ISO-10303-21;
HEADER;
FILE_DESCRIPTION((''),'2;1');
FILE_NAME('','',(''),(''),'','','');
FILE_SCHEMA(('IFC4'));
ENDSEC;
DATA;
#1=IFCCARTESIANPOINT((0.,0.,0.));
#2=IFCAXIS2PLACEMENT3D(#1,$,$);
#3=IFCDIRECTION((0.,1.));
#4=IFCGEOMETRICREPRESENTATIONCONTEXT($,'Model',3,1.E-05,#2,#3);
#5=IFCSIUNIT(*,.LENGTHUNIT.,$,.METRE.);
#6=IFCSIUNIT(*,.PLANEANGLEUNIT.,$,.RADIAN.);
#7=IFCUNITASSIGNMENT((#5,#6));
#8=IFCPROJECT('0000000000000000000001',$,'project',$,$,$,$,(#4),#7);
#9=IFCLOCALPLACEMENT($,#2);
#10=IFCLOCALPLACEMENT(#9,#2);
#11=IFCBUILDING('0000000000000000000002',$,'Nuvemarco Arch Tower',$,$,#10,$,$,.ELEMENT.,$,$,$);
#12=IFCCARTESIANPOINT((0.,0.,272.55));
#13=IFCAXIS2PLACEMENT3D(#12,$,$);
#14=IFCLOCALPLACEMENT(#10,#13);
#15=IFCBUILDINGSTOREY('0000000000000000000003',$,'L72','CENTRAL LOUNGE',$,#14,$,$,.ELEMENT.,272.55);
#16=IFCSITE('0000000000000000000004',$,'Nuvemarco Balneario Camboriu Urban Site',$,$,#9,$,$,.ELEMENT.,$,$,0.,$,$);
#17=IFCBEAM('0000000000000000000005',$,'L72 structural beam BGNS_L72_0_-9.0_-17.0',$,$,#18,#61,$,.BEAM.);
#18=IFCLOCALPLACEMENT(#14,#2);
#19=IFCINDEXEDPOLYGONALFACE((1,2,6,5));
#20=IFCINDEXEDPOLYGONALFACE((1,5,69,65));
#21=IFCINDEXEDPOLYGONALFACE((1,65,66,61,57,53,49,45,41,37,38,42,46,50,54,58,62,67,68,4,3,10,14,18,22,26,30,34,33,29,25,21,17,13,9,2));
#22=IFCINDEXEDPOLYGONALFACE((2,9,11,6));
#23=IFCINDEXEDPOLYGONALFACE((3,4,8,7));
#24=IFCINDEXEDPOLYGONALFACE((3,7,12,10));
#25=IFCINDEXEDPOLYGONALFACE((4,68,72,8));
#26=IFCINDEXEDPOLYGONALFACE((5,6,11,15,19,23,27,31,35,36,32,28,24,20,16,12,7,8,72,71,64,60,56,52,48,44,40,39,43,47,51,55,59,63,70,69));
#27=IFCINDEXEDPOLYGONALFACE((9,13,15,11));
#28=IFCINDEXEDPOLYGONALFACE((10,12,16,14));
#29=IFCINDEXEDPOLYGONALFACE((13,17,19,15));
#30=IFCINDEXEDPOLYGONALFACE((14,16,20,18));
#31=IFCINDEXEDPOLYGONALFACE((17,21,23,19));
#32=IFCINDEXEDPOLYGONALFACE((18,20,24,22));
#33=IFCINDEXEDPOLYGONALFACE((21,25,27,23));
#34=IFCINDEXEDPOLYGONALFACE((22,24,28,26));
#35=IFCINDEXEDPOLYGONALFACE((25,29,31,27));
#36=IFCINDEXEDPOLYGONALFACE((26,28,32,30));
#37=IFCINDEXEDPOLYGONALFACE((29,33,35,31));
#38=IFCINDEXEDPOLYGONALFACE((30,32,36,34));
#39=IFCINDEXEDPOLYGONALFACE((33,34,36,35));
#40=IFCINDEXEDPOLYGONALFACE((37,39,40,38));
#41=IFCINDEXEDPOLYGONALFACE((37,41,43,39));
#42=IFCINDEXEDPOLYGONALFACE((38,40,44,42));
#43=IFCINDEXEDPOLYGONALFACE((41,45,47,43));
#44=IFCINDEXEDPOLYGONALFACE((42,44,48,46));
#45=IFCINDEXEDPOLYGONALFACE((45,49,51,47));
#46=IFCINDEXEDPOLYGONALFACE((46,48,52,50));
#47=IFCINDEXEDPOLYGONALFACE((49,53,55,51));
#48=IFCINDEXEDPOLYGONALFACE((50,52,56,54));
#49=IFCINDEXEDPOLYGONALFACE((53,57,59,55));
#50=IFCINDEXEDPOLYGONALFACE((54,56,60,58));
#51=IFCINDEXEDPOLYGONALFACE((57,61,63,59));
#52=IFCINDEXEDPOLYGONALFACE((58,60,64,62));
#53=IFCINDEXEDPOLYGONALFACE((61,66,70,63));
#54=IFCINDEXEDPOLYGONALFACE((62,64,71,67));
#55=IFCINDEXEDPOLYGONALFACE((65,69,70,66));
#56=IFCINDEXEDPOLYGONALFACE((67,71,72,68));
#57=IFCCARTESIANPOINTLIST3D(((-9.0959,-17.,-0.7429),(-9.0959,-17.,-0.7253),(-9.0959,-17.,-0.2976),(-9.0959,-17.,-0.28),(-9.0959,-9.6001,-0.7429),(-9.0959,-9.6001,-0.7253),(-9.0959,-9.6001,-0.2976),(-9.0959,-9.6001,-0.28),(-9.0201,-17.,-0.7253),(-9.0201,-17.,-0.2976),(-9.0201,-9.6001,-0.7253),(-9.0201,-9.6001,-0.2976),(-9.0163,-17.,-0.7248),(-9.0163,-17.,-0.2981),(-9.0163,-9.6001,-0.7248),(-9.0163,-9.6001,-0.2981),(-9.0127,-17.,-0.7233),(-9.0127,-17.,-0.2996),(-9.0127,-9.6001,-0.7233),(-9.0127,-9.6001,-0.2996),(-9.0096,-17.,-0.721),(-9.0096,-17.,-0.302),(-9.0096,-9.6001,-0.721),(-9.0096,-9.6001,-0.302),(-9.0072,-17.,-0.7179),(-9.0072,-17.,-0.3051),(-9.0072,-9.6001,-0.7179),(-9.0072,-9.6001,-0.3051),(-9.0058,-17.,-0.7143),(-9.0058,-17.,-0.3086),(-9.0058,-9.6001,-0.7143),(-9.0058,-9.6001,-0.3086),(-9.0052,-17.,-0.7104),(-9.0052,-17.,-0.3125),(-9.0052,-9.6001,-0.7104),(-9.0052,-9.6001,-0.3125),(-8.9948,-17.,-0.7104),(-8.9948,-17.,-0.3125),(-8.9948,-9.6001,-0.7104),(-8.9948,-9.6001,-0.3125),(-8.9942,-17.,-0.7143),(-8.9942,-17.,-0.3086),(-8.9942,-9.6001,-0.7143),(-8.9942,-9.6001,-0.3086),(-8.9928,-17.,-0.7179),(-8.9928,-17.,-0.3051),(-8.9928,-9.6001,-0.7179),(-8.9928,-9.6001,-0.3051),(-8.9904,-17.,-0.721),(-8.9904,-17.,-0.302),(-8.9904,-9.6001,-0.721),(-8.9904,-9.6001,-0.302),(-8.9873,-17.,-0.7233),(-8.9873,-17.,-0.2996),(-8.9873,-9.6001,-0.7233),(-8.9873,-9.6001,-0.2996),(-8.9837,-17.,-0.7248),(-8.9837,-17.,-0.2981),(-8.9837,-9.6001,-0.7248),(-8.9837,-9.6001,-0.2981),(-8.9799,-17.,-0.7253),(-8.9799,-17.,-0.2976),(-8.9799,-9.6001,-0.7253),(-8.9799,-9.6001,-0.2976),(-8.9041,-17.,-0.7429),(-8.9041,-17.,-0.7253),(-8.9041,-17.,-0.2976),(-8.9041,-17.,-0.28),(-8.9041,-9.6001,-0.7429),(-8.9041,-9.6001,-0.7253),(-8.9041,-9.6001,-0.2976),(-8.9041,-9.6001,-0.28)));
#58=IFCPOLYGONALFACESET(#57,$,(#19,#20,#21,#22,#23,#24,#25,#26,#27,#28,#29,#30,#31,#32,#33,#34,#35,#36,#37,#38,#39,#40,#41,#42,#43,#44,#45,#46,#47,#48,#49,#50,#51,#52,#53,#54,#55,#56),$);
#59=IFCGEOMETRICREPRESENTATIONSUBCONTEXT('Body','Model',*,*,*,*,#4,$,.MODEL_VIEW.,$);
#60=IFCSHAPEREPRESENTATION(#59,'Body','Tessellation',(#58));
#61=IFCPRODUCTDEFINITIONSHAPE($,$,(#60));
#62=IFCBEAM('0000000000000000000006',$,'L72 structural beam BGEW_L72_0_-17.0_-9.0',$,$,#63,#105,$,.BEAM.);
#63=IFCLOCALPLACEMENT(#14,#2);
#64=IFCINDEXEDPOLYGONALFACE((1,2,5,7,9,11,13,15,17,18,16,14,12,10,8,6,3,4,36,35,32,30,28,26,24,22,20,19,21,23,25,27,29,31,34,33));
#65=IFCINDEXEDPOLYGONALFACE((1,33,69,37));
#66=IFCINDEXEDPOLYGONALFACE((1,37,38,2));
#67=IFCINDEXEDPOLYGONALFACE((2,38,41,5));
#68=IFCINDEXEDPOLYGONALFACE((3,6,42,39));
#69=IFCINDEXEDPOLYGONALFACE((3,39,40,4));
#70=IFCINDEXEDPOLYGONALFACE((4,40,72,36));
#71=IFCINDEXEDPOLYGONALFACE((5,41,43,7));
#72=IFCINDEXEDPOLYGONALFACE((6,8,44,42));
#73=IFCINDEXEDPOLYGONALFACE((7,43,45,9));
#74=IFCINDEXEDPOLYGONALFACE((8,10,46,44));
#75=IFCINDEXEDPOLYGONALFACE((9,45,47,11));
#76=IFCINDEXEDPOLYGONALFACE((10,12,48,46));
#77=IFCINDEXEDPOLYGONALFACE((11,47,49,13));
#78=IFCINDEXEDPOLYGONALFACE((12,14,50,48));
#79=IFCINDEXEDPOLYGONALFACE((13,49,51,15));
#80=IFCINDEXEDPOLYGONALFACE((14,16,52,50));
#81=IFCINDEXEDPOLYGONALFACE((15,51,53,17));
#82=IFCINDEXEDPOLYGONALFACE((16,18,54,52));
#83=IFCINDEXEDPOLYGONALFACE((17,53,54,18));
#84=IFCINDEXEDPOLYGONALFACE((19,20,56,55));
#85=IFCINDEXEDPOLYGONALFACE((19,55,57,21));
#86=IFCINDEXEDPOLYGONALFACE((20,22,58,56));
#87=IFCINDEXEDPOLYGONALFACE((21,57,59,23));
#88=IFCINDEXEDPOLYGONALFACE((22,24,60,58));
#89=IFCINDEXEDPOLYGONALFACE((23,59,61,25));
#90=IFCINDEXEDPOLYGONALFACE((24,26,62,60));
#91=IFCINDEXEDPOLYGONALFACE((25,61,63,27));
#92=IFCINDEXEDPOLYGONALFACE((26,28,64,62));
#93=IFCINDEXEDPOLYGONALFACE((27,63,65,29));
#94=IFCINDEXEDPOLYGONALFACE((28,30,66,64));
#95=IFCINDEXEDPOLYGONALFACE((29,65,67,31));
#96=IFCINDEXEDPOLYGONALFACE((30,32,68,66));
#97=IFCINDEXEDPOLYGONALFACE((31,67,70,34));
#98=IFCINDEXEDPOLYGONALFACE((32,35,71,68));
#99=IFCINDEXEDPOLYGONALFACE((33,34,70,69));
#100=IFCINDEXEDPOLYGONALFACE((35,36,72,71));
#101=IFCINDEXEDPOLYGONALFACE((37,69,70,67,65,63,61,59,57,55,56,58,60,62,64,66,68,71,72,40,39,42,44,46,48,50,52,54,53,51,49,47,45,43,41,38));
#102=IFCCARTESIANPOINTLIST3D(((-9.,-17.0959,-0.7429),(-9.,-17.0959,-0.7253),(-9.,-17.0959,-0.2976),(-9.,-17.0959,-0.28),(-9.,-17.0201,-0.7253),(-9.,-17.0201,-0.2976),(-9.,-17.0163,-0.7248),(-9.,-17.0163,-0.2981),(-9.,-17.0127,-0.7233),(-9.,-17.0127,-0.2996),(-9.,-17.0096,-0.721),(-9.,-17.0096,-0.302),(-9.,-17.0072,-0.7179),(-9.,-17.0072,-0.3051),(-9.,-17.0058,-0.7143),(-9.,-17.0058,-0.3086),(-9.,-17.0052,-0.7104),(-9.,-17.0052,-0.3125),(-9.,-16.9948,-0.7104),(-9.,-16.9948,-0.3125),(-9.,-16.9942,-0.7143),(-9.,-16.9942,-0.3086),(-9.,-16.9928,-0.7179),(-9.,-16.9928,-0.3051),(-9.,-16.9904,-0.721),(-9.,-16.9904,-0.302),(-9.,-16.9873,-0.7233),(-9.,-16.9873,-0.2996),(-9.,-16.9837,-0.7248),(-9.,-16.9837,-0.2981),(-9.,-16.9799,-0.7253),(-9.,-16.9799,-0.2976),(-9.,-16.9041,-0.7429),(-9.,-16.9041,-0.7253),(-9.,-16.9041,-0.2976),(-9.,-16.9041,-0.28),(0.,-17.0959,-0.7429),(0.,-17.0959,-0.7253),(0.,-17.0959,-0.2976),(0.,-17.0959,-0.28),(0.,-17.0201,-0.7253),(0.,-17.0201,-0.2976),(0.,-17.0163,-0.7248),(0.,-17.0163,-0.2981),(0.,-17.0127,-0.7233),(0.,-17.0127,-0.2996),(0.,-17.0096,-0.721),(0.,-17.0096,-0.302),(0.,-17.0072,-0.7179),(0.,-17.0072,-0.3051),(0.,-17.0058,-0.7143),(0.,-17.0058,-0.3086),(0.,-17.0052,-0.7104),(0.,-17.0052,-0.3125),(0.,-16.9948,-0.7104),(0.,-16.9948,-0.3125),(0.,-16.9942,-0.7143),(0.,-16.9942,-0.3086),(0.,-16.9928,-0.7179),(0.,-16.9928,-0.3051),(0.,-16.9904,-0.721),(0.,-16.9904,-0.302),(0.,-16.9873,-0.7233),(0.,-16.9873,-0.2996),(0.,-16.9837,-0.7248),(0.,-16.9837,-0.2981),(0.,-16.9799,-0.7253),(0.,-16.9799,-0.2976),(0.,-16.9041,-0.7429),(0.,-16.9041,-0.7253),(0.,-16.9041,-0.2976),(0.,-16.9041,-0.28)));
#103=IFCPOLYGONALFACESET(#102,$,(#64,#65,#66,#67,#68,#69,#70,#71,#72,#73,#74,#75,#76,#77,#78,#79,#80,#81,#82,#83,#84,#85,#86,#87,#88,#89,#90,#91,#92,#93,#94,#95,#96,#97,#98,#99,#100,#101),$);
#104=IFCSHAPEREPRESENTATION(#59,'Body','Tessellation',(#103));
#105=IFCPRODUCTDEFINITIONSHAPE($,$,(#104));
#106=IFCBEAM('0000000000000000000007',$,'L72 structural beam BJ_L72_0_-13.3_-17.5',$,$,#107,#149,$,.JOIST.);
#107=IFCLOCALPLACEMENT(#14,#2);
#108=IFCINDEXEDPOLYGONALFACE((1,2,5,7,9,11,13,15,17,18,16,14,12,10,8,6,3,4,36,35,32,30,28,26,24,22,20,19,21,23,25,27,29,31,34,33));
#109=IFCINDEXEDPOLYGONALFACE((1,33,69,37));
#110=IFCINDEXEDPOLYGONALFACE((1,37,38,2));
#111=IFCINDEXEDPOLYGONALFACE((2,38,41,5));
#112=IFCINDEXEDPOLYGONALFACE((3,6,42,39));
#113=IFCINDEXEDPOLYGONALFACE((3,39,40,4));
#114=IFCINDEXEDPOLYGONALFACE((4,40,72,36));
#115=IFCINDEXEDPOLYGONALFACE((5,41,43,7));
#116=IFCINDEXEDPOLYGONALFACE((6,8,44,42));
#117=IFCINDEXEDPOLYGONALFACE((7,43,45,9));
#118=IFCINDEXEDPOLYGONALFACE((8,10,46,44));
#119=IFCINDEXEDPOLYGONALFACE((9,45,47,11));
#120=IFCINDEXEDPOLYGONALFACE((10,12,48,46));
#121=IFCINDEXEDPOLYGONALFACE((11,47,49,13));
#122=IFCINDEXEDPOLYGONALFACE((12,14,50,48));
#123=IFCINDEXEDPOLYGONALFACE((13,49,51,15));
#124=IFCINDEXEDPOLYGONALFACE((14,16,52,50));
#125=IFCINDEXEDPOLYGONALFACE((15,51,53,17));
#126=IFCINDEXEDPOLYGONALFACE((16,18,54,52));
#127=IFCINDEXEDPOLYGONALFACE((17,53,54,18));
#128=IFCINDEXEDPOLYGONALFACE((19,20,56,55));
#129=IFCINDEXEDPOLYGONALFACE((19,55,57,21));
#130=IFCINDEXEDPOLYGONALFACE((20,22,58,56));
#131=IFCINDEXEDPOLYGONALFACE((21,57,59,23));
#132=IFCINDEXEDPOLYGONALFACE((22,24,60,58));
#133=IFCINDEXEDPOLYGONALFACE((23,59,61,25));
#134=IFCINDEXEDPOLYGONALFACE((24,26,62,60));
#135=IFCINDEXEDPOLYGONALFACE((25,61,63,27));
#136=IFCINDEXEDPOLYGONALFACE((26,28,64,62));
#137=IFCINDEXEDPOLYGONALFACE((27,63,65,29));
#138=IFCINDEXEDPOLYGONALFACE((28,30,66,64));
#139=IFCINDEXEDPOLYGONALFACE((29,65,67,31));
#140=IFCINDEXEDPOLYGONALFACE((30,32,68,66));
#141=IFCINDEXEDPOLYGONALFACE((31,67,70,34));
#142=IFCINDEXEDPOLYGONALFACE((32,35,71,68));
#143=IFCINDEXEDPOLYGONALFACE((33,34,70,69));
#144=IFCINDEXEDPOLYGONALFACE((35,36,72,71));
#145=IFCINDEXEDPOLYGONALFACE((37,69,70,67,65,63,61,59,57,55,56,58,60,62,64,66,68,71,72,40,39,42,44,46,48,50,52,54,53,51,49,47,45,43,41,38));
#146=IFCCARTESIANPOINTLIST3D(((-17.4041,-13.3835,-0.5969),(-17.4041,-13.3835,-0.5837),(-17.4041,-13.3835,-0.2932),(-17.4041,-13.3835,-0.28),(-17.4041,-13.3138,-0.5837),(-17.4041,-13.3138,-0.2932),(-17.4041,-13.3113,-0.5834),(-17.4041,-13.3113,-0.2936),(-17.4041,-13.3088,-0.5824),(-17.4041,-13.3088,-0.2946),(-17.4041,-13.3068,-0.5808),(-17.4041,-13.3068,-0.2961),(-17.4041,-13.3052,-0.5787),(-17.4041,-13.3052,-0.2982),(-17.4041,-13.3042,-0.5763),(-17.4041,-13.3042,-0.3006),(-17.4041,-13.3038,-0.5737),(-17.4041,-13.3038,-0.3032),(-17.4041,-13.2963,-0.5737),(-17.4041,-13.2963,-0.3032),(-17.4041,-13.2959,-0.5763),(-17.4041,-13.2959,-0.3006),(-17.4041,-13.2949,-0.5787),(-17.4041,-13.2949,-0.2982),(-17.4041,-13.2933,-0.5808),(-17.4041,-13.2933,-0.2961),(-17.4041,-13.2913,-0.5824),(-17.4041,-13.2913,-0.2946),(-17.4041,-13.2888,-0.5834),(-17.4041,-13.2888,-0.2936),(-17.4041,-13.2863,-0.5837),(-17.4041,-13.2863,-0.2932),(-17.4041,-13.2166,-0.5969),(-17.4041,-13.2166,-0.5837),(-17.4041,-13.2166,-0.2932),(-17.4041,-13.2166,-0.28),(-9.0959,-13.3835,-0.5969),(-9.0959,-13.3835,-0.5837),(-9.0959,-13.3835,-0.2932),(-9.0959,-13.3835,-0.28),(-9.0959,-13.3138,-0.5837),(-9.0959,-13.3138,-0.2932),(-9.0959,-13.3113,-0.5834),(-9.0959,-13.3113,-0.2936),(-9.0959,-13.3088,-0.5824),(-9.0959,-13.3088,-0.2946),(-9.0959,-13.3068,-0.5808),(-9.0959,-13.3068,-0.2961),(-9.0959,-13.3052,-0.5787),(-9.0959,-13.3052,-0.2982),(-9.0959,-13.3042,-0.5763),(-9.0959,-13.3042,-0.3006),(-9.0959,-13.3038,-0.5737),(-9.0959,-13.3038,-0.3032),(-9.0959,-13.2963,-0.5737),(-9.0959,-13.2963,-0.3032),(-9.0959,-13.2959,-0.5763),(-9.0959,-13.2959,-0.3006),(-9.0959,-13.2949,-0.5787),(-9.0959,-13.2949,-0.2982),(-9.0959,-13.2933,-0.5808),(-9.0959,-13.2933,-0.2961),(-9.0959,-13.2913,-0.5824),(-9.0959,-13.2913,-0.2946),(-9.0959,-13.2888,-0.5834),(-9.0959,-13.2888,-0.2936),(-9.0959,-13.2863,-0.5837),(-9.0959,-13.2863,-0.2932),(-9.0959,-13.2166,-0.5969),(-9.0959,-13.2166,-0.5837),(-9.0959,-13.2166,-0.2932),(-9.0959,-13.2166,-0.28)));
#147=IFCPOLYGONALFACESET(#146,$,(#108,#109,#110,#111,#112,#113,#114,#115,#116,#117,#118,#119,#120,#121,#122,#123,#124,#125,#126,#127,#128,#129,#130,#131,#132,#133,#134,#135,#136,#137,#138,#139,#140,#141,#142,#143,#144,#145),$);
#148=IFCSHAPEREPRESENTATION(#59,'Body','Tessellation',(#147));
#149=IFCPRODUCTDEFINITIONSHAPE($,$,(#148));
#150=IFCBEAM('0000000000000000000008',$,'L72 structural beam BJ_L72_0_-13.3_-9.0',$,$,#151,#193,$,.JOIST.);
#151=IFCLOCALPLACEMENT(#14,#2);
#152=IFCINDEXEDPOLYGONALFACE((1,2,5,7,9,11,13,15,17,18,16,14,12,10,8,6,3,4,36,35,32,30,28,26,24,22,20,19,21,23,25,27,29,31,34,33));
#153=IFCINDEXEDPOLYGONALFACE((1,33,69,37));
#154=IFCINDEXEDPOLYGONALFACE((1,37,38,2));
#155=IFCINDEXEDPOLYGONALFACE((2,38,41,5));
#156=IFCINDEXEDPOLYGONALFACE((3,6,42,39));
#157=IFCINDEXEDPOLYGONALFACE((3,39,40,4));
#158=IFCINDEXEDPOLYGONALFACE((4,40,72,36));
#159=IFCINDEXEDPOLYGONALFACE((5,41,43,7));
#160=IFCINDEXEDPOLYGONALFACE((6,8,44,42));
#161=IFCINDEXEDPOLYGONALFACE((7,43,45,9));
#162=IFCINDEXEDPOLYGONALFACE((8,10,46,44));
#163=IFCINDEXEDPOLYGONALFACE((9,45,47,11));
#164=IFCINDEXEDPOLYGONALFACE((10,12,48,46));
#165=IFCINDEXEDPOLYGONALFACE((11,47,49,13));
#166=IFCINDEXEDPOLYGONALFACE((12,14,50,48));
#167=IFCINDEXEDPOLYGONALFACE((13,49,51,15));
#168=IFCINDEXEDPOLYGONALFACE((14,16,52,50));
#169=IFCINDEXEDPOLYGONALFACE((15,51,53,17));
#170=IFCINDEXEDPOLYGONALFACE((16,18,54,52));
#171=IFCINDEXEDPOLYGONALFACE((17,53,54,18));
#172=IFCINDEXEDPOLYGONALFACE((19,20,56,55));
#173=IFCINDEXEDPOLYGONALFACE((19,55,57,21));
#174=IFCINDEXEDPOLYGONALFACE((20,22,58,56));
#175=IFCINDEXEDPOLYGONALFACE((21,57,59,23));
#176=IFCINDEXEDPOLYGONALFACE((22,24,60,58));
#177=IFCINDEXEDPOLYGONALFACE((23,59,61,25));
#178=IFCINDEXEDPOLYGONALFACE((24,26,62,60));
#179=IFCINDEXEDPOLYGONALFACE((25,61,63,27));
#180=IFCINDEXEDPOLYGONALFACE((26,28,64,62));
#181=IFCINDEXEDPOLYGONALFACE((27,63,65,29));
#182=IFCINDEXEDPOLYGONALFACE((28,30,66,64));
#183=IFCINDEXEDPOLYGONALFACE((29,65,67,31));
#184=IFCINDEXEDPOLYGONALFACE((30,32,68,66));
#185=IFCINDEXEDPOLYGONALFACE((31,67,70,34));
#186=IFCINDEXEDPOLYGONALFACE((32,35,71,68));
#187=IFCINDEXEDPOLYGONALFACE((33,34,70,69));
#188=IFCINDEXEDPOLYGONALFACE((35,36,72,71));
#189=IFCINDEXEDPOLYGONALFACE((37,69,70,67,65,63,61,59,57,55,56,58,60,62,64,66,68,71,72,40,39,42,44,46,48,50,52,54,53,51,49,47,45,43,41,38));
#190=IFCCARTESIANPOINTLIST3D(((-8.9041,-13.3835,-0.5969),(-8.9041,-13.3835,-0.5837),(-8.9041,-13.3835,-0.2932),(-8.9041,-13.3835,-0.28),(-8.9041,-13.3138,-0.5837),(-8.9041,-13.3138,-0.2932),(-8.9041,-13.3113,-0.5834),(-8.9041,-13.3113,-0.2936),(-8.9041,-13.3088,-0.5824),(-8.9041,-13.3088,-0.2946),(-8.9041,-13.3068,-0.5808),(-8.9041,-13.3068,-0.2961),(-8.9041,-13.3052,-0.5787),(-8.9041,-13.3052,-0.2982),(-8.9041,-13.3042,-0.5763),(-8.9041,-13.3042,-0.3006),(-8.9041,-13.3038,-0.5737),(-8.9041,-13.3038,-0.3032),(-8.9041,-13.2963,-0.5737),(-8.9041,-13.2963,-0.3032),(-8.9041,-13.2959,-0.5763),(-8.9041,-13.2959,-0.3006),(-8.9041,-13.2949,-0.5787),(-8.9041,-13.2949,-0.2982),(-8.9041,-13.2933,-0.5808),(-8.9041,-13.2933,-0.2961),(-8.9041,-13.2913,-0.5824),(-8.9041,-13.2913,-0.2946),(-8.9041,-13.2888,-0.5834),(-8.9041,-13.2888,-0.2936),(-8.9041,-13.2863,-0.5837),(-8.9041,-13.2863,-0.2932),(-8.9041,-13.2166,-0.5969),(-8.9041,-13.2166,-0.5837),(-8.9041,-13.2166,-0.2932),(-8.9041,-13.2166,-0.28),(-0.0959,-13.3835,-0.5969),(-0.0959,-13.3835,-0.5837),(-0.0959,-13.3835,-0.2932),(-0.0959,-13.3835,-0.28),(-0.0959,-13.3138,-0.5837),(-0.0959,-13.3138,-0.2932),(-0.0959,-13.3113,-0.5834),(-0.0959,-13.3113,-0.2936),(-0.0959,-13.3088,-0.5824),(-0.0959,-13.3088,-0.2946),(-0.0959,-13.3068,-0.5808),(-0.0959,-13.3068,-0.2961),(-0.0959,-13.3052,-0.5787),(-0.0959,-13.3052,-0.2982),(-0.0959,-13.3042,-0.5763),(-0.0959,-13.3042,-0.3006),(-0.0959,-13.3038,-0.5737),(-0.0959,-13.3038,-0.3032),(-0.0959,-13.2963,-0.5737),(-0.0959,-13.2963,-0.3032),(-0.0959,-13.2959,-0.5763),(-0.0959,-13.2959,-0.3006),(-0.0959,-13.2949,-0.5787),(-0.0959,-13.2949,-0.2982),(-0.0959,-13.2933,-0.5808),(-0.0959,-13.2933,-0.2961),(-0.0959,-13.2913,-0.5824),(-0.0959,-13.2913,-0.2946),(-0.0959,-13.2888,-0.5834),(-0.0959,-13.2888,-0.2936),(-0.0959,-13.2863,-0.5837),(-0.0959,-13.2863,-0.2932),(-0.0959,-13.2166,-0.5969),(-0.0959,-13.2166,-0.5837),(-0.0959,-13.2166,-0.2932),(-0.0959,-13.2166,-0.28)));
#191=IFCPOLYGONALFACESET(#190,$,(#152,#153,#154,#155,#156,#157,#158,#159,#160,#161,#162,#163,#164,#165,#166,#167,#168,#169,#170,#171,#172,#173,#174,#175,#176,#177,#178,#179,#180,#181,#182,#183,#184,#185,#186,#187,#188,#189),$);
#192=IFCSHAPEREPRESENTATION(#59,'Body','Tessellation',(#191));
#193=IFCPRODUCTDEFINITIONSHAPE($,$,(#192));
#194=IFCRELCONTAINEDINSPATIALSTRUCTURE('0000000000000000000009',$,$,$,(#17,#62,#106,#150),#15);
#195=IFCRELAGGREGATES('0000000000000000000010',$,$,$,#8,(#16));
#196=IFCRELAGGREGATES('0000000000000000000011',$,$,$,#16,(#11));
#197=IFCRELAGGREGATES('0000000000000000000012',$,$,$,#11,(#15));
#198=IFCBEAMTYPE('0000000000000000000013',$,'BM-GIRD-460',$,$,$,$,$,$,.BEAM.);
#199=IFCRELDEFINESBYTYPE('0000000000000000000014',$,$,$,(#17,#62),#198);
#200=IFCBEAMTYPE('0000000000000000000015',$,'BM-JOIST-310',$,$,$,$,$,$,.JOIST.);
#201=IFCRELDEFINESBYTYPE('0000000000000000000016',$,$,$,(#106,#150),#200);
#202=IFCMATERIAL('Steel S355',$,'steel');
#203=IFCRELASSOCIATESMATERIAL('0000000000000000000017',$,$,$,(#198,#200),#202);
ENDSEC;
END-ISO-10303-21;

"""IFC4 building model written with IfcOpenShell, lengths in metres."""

from ifc_helpers import new_model, si_unit, direction, frame, origin, origin_2d, place, context, subcontext, project, spatial, i_section, extrude, material, material_profile, profile_set, type_object, element, save


model = new_model("IFC4")

# Units and contexts
model_context = context("Model", 3, precision=1e-05, world=origin(), true_north=direction((0.0, 1.0)))
body_context = subcontext(model_context, "Body", "Model", "MODEL_VIEW")
ifc_project = project(units=[si_unit("LENGTHUNIT", "METRE"), si_unit("PLANEANGLEUNIT", "RADIAN")], contexts=[model_context])

# Site, building, storey
site_placement = place(None, origin())
site = spatial("IfcSite", under=ifc_project, at=site_placement, Name="Nuvemarco Balneario Camboriu Urban Site", CompositionType="ELEMENT", RefElevation=0.0)
building_placement = place(site_placement, origin())
building = spatial("IfcBuilding", under=site, at=building_placement, Name="Nuvemarco Arch Tower", CompositionType="ELEMENT")
storey_placement = place(building_placement, frame((0.0, 0.0, 272.55)))
storey = spatial("IfcBuildingStorey", under=building, at=storey_placement, Name="L72", Description="CENTRAL LOUNGE", CompositionType="ELEMENT", Elevation=272.55)

# Shared definitions
ifc_material_1 = material(Name="Steel S355", Category="steel")

# Beams
ifc_material_profile_1 = material_profile(ifc_material_1, i_section(OverallWidth=0.1919, OverallDepth=0.4629, WebThickness=0.0105, FlangeThickness=0.0176, FilletRadius=0.0149, at=origin_2d()), Name="W460x89")
ifc_profile_set_1 = profile_set([ifc_material_profile_1], Name="Steel S355")
beam_type_1 = type_object("IfcBeamType", Name="BM-GIRD-460", PredefinedType="BEAM", material=ifc_profile_set_1)
beam_1_placement = place(storey_placement, frame((-9.0, -17.0, -0.5115), z_axis=(0.0, 1.0, 0.0), x_axis=(-1.0, 0.0, 0.0)))
element("IfcBeam", 1, at=beam_1_placement, inside=storey, type_object=beam_type_1, Name="L72 structural beam BGNS_L72_0_-9.0_-17.0", PredefinedType="BEAM", context=body_context, shape_type="SweptSolid", body=[
    extrude(i_section(OverallWidth=0.1919, OverallDepth=0.4629, WebThickness=0.0105, FlangeThickness=0.0176, FilletRadius=0.0149, at=origin_2d()), origin(), (0.0, 0.0, 1.0), 7.3999),
])
beam_2_placement = place(storey_placement, frame((-9.0, -17.0, -0.5115), z_axis=(1.0, 0.0, 0.0), x_axis=(0.0, 1.0, 0.0)))
element("IfcBeam", 2, at=beam_2_placement, inside=storey, type_object=beam_type_1, Name="L72 structural beam BGEW_L72_0_-17.0_-9.0", PredefinedType="BEAM", context=body_context, shape_type="SweptSolid", body=[
    extrude(i_section(OverallWidth=0.1919, OverallDepth=0.4629, WebThickness=0.0105, FlangeThickness=0.0176, FilletRadius=0.0149, at=origin_2d()), origin(), (0.0, 0.0, 1.0), 9.0),
])
ifc_material_profile_2 = material_profile(ifc_material_1, i_section(OverallWidth=0.167, OverallDepth=0.3169, WebThickness=0.0076, FlangeThickness=0.0132, FilletRadius=0.01, at=origin_2d()), Name="W310x52")
ifc_profile_set_2 = profile_set([ifc_material_profile_2], Name="Steel S355")
beam_type_2 = type_object("IfcBeamType", Name="BM-JOIST-310", PredefinedType="JOIST", material=ifc_profile_set_2)
beam_3_placement = place(storey_placement, frame((-17.4041, -13.3, -0.4385), z_axis=(1.0, 0.0, 0.0), x_axis=(0.0, 1.0, 0.0)))
element("IfcBeam", 3, at=beam_3_placement, inside=storey, type_object=beam_type_2, Name="L72 structural beam BJ_L72_0_-13.3_-17.5", PredefinedType="JOIST", context=body_context, shape_type="SweptSolid", body=[
    extrude(i_section(OverallWidth=0.167, OverallDepth=0.3169, WebThickness=0.0076, FlangeThickness=0.0132, FilletRadius=0.01, at=origin_2d()), origin(), (0.0, 0.0, 1.0), 8.3081),
])
beam_4_placement = place(storey_placement, frame((-8.9041, -13.3, -0.4385), z_axis=(1.0, 0.0, 0.0), x_axis=(0.0, 1.0, 0.0)))
element("IfcBeam", 4, at=beam_4_placement, inside=storey, type_object=beam_type_2, Name="L72 structural beam BJ_L72_0_-13.3_-9.0", PredefinedType="JOIST", context=body_context, shape_type="SweptSolid", body=[
    extrude(i_section(OverallWidth=0.167, OverallDepth=0.3169, WebThickness=0.0076, FlangeThickness=0.0132, FilletRadius=0.01, at=origin_2d()), origin(), (0.0, 0.0, 1.0), 8.8081),
])

save(model, "model.ifc")
